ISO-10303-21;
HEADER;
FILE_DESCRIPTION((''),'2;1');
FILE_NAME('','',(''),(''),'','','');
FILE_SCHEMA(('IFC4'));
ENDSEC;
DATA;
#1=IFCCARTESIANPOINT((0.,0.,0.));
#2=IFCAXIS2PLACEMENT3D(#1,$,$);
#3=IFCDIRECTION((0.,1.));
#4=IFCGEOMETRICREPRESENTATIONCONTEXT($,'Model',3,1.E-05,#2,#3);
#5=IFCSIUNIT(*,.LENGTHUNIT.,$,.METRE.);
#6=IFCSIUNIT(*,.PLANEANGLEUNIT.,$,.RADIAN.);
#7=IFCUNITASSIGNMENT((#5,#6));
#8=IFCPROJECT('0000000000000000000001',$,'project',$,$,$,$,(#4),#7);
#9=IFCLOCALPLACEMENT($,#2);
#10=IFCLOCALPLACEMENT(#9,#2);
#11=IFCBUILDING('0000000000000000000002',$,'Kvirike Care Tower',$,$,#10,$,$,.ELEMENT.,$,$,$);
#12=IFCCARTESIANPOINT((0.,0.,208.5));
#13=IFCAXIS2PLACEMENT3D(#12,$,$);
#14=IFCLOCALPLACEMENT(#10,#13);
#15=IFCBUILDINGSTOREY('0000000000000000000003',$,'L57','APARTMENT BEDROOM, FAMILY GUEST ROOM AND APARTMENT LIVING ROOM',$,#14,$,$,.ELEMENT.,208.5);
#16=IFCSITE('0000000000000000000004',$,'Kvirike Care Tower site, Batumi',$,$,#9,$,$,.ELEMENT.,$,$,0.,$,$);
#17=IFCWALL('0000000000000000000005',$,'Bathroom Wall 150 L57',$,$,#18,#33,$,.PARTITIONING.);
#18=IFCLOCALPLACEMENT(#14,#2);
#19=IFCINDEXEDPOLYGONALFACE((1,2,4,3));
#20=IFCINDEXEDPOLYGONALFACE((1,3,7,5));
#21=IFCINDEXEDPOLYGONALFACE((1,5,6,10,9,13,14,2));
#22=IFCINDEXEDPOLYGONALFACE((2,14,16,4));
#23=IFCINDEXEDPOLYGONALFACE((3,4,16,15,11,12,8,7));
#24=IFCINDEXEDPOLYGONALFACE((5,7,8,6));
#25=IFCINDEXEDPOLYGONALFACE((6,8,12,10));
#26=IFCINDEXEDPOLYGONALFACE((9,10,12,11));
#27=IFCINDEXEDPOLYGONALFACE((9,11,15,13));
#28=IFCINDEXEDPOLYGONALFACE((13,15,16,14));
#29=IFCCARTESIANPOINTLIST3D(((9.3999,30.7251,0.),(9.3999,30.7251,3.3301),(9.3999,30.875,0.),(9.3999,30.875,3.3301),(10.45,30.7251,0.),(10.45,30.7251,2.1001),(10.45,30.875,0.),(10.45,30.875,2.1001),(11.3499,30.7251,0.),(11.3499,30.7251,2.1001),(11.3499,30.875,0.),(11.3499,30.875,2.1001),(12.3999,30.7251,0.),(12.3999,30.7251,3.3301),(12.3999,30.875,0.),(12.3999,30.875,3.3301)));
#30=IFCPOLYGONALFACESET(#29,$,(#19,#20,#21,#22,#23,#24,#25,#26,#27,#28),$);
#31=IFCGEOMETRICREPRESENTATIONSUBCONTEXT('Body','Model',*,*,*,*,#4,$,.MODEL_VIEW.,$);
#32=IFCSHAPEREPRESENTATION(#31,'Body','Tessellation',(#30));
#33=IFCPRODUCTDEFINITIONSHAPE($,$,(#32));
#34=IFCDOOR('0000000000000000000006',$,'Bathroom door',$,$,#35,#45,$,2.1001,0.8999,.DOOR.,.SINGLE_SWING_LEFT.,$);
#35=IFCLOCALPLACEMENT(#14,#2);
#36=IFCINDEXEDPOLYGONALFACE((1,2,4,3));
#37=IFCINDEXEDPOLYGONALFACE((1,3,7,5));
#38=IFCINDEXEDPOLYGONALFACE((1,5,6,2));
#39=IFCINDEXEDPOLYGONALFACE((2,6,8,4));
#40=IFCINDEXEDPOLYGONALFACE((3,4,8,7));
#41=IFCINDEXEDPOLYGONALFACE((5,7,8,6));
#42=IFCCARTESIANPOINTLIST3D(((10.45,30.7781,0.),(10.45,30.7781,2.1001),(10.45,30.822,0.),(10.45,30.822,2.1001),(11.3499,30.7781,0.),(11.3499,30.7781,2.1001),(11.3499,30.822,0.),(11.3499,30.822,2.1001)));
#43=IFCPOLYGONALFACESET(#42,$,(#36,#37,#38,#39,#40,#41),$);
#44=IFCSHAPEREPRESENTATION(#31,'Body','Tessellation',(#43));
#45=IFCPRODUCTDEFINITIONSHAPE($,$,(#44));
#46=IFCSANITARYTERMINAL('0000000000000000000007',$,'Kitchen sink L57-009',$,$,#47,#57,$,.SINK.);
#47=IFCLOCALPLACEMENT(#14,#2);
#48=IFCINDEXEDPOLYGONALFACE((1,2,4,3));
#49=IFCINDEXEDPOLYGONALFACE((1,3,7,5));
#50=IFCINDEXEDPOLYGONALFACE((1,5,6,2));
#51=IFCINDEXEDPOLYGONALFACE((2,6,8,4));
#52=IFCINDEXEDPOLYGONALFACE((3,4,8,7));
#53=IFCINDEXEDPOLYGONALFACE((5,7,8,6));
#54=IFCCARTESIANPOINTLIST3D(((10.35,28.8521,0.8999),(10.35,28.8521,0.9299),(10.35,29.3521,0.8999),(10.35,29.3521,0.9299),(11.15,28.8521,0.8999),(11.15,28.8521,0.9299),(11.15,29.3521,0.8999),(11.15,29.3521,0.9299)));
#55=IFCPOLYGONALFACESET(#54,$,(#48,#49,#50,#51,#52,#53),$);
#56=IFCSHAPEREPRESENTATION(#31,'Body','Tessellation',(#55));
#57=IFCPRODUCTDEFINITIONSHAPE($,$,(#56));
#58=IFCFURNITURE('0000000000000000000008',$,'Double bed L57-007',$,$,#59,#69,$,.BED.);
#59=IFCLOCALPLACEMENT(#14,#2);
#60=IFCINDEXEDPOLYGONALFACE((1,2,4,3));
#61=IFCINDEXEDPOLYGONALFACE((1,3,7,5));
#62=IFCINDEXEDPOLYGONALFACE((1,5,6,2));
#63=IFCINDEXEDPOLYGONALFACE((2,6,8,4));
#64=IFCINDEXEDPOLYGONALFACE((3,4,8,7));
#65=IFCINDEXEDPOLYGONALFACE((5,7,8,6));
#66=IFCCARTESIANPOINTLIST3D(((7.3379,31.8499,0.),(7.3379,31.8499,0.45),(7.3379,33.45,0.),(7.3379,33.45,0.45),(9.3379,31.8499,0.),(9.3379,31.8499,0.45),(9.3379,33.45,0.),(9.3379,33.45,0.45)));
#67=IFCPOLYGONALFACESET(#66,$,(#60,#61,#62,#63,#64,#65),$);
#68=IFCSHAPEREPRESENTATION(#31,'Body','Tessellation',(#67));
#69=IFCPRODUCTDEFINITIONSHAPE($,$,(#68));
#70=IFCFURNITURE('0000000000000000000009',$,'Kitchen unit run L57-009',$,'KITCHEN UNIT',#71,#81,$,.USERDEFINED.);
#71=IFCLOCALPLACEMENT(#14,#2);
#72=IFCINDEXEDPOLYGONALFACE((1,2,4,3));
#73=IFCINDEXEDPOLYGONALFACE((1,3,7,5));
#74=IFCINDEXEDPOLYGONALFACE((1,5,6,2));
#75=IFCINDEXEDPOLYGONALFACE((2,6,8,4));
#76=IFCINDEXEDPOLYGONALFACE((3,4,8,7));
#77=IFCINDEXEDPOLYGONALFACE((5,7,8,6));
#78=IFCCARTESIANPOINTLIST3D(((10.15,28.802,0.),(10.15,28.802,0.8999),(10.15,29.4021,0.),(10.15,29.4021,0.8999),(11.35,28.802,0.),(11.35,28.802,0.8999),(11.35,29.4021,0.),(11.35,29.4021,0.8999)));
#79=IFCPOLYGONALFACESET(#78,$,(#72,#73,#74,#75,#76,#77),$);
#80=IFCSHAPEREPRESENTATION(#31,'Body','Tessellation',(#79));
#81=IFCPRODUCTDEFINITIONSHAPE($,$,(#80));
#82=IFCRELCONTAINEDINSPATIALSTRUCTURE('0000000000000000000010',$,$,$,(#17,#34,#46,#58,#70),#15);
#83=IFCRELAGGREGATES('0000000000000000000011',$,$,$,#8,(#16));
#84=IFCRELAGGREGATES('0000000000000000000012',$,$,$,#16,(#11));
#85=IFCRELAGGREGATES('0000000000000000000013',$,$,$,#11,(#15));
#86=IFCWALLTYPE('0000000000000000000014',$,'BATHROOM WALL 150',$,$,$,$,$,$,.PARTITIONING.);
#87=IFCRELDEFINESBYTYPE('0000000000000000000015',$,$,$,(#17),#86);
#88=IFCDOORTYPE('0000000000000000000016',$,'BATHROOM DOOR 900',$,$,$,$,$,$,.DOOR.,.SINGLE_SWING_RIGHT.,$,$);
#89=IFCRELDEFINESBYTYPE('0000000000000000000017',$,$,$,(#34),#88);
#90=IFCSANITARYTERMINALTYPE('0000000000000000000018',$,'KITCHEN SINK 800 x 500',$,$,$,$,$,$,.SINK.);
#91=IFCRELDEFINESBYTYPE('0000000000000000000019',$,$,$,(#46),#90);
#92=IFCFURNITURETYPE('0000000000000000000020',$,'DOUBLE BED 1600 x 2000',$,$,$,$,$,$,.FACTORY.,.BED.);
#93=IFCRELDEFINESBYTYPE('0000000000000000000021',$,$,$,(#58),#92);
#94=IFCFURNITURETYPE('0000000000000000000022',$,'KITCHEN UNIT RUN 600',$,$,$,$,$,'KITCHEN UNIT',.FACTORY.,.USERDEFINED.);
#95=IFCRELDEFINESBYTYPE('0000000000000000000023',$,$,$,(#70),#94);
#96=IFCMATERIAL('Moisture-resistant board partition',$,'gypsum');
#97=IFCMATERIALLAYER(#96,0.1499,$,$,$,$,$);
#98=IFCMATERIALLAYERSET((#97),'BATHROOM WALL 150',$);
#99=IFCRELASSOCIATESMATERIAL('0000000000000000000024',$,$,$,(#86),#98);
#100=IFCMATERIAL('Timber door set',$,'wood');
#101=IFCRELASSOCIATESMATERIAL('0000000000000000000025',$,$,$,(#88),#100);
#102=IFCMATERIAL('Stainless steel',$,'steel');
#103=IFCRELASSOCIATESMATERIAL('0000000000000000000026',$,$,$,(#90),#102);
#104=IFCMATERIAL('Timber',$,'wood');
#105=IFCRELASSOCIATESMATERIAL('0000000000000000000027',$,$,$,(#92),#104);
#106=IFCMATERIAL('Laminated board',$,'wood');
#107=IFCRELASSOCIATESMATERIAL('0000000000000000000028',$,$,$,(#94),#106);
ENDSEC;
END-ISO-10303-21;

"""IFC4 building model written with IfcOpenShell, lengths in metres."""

from ifc_helpers import new_model, si_unit, direction, frame, frame_2d, origin, origin_2d, place, context, subcontext, project, spatial, rectangle, extrude, material, layer, layer_set, type_object, element, fill, save


model = new_model("IFC4")

# Units and contexts
model_context = context("Model", 3, precision=1e-05, world=origin(), true_north=direction((0.0, 1.0)))
body_context = subcontext(model_context, "Body", "Model", "MODEL_VIEW")
ifc_project = project(units=[si_unit("LENGTHUNIT", "METRE"), si_unit("PLANEANGLEUNIT", "RADIAN")], contexts=[model_context])

# Site, building, storey
site_placement = place(None, origin())
site = spatial("IfcSite", under=ifc_project, at=site_placement, Name="Kvirike Care Tower site, Batumi", CompositionType="ELEMENT", RefElevation=0.0)
building_placement = place(site_placement, origin())
building = spatial("IfcBuilding", under=site, at=building_placement, Name="Kvirike Care Tower", CompositionType="ELEMENT")
storey_placement = place(building_placement, frame((0.0, 0.0, 208.5)))
storey = spatial("IfcBuildingStorey", under=building, at=storey_placement, Name="L57", Description="APARTMENT BEDROOM, FAMILY GUEST ROOM AND APARTMENT LIVING ROOM", CompositionType="ELEMENT", Elevation=208.5)

# Wall, opening, door
ifc_material_1 = material(Name="Moisture-resistant board partition", Category="gypsum")
ifc_layer_1 = layer(ifc_material_1, 0.1499)
ifc_layer_set_1 = layer_set([ifc_layer_1], Name="BATHROOM WALL 150")
wall_type = type_object("IfcWallType", Name="BATHROOM WALL 150", PredefinedType="PARTITIONING", material=ifc_layer_set_1)
wall_placement = place(storey_placement, frame((9.3999, 30.8, 0.0), z_axis=(0.0, 0.0, 1.0), x_axis=(1.0, 0.0, 0.0)))
wall = element("IfcWall", 1, at=wall_placement, inside=storey, type_object=wall_type, Name="Bathroom Wall 150 L57", PredefinedType="PARTITIONING", context=body_context, shape_type="SweptSolid", body=[
    extrude(rectangle(XDim=3.0, YDim=0.1499, at=frame_2d((1.5, 0.0))), origin(), (0.0, 0.0, 1.0), 3.3301),
])
opening_placement = place(wall_placement, frame((1.05, 0.0, 0.0)))
opening = element("IfcOpeningElement", 2, at=opening_placement, cuts=wall, PredefinedType="OPENING", context=body_context, shape_type="SweptSolid", body=[
    extrude(rectangle(XDim=0.8999, YDim=2.1001, at=frame_2d((0.45, 1.05))), frame((0.0, 0.0854, 0.0), z_axis=(0.0, -1.0, 0.0), x_axis=(1.0, 0.0, 0.0)), (0.0, 0.0, 1.0), 0.1709),
])
ifc_material_2 = material(Name="Timber door set", Category="wood")
door_type = type_object("IfcDoorType", Name="BATHROOM DOOR 900", OperationType="SINGLE_SWING_RIGHT", PredefinedType="DOOR", material=ifc_material_2)
door_placement = place(opening_placement, frame((0.8999, 0.0, 0.0), z_axis=(0.0, 0.0, 1.0), x_axis=(-1.0, 0.0, 0.0)))
door = element("IfcDoor", 3, at=door_placement, inside=storey, type_object=door_type, Name="Bathroom door", OperationType="SINGLE_SWING_LEFT", OverallHeight=2.1001, OverallWidth=0.8999, PredefinedType="DOOR", context=body_context, shape_type="SweptSolid", body=[
    extrude(rectangle(XDim=0.8999, YDim=2.1001, at=frame_2d((0.45, 1.05))), frame((0.0, 0.022, 0.0), z_axis=(0.0, -1.0, 0.0), x_axis=(1.0, 0.0, 0.0)), (0.0, 0.0, 1.0), 0.0439),
])
fill(opening, door)

# Sanitary terminal
ifc_material_3 = material(Name="Stainless steel", Category="steel")
sanitary_terminal_type = type_object("IfcSanitaryTerminalType", Name="KITCHEN SINK 800 x 500", PredefinedType="SINK", material=ifc_material_3)
sanitary_terminal_placement = place(storey_placement, frame((10.75, 29.1021, 0.8999), z_axis=(0.0, 0.0, 1.0), x_axis=(-1.0, 0.0, 0.0)))
element("IfcSanitaryTerminal", 4, at=sanitary_terminal_placement, inside=storey, type_object=sanitary_terminal_type, Name="Kitchen sink L57-009", PredefinedType="SINK", context=body_context, shape_type="SweptSolid", body=[
    extrude(rectangle(XDim=0.8, YDim=0.5, at=origin_2d()), origin(), (0.0, 0.0, 1.0), 0.03),
])

# Furniture
ifc_material_4 = material(Name="Timber", Category="wood")
furniture_type_1 = type_object("IfcFurnitureType", Name="DOUBLE BED 1600 x 2000", AssemblyPlace="FACTORY", PredefinedType="BED", material=ifc_material_4)
furniture_1_placement = place(storey_placement, frame((8.3379, 32.6499, 0.0), z_axis=(0.0, 0.0, 1.0), x_axis=(0.0, -1.0, 0.0)))
element("IfcFurniture", 5, at=furniture_1_placement, inside=storey, type_object=furniture_type_1, Name="Double bed L57-007", PredefinedType="BED", context=body_context, shape_type="SweptSolid", body=[
    extrude(rectangle(XDim=1.6001, YDim=2.0, at=origin_2d()), origin(), (0.0, 0.0, 1.0), 0.45),
])
ifc_material_5 = material(Name="Laminated board", Category="wood")
furniture_type_2 = type_object("IfcFurnitureType", Name="KITCHEN UNIT RUN 600", ElementType="KITCHEN UNIT", AssemblyPlace="FACTORY", PredefinedType="USERDEFINED", material=ifc_material_5)
furniture_2_placement = place(storey_placement, frame((10.75, 29.1021, 0.0), z_axis=(0.0, 0.0, 1.0), x_axis=(-1.0, 0.0, 0.0)))
element("IfcFurniture", 6, at=furniture_2_placement, inside=storey, type_object=furniture_type_2, Name="Kitchen unit run L57-009", ObjectType="KITCHEN UNIT", PredefinedType="USERDEFINED", context=body_context, shape_type="SweptSolid", body=[
    extrude(rectangle(XDim=1.2, YDim=0.6001, at=origin_2d()), origin(), (0.0, 0.0, 1.0), 0.8999),
])

save(model, "model.ifc")
